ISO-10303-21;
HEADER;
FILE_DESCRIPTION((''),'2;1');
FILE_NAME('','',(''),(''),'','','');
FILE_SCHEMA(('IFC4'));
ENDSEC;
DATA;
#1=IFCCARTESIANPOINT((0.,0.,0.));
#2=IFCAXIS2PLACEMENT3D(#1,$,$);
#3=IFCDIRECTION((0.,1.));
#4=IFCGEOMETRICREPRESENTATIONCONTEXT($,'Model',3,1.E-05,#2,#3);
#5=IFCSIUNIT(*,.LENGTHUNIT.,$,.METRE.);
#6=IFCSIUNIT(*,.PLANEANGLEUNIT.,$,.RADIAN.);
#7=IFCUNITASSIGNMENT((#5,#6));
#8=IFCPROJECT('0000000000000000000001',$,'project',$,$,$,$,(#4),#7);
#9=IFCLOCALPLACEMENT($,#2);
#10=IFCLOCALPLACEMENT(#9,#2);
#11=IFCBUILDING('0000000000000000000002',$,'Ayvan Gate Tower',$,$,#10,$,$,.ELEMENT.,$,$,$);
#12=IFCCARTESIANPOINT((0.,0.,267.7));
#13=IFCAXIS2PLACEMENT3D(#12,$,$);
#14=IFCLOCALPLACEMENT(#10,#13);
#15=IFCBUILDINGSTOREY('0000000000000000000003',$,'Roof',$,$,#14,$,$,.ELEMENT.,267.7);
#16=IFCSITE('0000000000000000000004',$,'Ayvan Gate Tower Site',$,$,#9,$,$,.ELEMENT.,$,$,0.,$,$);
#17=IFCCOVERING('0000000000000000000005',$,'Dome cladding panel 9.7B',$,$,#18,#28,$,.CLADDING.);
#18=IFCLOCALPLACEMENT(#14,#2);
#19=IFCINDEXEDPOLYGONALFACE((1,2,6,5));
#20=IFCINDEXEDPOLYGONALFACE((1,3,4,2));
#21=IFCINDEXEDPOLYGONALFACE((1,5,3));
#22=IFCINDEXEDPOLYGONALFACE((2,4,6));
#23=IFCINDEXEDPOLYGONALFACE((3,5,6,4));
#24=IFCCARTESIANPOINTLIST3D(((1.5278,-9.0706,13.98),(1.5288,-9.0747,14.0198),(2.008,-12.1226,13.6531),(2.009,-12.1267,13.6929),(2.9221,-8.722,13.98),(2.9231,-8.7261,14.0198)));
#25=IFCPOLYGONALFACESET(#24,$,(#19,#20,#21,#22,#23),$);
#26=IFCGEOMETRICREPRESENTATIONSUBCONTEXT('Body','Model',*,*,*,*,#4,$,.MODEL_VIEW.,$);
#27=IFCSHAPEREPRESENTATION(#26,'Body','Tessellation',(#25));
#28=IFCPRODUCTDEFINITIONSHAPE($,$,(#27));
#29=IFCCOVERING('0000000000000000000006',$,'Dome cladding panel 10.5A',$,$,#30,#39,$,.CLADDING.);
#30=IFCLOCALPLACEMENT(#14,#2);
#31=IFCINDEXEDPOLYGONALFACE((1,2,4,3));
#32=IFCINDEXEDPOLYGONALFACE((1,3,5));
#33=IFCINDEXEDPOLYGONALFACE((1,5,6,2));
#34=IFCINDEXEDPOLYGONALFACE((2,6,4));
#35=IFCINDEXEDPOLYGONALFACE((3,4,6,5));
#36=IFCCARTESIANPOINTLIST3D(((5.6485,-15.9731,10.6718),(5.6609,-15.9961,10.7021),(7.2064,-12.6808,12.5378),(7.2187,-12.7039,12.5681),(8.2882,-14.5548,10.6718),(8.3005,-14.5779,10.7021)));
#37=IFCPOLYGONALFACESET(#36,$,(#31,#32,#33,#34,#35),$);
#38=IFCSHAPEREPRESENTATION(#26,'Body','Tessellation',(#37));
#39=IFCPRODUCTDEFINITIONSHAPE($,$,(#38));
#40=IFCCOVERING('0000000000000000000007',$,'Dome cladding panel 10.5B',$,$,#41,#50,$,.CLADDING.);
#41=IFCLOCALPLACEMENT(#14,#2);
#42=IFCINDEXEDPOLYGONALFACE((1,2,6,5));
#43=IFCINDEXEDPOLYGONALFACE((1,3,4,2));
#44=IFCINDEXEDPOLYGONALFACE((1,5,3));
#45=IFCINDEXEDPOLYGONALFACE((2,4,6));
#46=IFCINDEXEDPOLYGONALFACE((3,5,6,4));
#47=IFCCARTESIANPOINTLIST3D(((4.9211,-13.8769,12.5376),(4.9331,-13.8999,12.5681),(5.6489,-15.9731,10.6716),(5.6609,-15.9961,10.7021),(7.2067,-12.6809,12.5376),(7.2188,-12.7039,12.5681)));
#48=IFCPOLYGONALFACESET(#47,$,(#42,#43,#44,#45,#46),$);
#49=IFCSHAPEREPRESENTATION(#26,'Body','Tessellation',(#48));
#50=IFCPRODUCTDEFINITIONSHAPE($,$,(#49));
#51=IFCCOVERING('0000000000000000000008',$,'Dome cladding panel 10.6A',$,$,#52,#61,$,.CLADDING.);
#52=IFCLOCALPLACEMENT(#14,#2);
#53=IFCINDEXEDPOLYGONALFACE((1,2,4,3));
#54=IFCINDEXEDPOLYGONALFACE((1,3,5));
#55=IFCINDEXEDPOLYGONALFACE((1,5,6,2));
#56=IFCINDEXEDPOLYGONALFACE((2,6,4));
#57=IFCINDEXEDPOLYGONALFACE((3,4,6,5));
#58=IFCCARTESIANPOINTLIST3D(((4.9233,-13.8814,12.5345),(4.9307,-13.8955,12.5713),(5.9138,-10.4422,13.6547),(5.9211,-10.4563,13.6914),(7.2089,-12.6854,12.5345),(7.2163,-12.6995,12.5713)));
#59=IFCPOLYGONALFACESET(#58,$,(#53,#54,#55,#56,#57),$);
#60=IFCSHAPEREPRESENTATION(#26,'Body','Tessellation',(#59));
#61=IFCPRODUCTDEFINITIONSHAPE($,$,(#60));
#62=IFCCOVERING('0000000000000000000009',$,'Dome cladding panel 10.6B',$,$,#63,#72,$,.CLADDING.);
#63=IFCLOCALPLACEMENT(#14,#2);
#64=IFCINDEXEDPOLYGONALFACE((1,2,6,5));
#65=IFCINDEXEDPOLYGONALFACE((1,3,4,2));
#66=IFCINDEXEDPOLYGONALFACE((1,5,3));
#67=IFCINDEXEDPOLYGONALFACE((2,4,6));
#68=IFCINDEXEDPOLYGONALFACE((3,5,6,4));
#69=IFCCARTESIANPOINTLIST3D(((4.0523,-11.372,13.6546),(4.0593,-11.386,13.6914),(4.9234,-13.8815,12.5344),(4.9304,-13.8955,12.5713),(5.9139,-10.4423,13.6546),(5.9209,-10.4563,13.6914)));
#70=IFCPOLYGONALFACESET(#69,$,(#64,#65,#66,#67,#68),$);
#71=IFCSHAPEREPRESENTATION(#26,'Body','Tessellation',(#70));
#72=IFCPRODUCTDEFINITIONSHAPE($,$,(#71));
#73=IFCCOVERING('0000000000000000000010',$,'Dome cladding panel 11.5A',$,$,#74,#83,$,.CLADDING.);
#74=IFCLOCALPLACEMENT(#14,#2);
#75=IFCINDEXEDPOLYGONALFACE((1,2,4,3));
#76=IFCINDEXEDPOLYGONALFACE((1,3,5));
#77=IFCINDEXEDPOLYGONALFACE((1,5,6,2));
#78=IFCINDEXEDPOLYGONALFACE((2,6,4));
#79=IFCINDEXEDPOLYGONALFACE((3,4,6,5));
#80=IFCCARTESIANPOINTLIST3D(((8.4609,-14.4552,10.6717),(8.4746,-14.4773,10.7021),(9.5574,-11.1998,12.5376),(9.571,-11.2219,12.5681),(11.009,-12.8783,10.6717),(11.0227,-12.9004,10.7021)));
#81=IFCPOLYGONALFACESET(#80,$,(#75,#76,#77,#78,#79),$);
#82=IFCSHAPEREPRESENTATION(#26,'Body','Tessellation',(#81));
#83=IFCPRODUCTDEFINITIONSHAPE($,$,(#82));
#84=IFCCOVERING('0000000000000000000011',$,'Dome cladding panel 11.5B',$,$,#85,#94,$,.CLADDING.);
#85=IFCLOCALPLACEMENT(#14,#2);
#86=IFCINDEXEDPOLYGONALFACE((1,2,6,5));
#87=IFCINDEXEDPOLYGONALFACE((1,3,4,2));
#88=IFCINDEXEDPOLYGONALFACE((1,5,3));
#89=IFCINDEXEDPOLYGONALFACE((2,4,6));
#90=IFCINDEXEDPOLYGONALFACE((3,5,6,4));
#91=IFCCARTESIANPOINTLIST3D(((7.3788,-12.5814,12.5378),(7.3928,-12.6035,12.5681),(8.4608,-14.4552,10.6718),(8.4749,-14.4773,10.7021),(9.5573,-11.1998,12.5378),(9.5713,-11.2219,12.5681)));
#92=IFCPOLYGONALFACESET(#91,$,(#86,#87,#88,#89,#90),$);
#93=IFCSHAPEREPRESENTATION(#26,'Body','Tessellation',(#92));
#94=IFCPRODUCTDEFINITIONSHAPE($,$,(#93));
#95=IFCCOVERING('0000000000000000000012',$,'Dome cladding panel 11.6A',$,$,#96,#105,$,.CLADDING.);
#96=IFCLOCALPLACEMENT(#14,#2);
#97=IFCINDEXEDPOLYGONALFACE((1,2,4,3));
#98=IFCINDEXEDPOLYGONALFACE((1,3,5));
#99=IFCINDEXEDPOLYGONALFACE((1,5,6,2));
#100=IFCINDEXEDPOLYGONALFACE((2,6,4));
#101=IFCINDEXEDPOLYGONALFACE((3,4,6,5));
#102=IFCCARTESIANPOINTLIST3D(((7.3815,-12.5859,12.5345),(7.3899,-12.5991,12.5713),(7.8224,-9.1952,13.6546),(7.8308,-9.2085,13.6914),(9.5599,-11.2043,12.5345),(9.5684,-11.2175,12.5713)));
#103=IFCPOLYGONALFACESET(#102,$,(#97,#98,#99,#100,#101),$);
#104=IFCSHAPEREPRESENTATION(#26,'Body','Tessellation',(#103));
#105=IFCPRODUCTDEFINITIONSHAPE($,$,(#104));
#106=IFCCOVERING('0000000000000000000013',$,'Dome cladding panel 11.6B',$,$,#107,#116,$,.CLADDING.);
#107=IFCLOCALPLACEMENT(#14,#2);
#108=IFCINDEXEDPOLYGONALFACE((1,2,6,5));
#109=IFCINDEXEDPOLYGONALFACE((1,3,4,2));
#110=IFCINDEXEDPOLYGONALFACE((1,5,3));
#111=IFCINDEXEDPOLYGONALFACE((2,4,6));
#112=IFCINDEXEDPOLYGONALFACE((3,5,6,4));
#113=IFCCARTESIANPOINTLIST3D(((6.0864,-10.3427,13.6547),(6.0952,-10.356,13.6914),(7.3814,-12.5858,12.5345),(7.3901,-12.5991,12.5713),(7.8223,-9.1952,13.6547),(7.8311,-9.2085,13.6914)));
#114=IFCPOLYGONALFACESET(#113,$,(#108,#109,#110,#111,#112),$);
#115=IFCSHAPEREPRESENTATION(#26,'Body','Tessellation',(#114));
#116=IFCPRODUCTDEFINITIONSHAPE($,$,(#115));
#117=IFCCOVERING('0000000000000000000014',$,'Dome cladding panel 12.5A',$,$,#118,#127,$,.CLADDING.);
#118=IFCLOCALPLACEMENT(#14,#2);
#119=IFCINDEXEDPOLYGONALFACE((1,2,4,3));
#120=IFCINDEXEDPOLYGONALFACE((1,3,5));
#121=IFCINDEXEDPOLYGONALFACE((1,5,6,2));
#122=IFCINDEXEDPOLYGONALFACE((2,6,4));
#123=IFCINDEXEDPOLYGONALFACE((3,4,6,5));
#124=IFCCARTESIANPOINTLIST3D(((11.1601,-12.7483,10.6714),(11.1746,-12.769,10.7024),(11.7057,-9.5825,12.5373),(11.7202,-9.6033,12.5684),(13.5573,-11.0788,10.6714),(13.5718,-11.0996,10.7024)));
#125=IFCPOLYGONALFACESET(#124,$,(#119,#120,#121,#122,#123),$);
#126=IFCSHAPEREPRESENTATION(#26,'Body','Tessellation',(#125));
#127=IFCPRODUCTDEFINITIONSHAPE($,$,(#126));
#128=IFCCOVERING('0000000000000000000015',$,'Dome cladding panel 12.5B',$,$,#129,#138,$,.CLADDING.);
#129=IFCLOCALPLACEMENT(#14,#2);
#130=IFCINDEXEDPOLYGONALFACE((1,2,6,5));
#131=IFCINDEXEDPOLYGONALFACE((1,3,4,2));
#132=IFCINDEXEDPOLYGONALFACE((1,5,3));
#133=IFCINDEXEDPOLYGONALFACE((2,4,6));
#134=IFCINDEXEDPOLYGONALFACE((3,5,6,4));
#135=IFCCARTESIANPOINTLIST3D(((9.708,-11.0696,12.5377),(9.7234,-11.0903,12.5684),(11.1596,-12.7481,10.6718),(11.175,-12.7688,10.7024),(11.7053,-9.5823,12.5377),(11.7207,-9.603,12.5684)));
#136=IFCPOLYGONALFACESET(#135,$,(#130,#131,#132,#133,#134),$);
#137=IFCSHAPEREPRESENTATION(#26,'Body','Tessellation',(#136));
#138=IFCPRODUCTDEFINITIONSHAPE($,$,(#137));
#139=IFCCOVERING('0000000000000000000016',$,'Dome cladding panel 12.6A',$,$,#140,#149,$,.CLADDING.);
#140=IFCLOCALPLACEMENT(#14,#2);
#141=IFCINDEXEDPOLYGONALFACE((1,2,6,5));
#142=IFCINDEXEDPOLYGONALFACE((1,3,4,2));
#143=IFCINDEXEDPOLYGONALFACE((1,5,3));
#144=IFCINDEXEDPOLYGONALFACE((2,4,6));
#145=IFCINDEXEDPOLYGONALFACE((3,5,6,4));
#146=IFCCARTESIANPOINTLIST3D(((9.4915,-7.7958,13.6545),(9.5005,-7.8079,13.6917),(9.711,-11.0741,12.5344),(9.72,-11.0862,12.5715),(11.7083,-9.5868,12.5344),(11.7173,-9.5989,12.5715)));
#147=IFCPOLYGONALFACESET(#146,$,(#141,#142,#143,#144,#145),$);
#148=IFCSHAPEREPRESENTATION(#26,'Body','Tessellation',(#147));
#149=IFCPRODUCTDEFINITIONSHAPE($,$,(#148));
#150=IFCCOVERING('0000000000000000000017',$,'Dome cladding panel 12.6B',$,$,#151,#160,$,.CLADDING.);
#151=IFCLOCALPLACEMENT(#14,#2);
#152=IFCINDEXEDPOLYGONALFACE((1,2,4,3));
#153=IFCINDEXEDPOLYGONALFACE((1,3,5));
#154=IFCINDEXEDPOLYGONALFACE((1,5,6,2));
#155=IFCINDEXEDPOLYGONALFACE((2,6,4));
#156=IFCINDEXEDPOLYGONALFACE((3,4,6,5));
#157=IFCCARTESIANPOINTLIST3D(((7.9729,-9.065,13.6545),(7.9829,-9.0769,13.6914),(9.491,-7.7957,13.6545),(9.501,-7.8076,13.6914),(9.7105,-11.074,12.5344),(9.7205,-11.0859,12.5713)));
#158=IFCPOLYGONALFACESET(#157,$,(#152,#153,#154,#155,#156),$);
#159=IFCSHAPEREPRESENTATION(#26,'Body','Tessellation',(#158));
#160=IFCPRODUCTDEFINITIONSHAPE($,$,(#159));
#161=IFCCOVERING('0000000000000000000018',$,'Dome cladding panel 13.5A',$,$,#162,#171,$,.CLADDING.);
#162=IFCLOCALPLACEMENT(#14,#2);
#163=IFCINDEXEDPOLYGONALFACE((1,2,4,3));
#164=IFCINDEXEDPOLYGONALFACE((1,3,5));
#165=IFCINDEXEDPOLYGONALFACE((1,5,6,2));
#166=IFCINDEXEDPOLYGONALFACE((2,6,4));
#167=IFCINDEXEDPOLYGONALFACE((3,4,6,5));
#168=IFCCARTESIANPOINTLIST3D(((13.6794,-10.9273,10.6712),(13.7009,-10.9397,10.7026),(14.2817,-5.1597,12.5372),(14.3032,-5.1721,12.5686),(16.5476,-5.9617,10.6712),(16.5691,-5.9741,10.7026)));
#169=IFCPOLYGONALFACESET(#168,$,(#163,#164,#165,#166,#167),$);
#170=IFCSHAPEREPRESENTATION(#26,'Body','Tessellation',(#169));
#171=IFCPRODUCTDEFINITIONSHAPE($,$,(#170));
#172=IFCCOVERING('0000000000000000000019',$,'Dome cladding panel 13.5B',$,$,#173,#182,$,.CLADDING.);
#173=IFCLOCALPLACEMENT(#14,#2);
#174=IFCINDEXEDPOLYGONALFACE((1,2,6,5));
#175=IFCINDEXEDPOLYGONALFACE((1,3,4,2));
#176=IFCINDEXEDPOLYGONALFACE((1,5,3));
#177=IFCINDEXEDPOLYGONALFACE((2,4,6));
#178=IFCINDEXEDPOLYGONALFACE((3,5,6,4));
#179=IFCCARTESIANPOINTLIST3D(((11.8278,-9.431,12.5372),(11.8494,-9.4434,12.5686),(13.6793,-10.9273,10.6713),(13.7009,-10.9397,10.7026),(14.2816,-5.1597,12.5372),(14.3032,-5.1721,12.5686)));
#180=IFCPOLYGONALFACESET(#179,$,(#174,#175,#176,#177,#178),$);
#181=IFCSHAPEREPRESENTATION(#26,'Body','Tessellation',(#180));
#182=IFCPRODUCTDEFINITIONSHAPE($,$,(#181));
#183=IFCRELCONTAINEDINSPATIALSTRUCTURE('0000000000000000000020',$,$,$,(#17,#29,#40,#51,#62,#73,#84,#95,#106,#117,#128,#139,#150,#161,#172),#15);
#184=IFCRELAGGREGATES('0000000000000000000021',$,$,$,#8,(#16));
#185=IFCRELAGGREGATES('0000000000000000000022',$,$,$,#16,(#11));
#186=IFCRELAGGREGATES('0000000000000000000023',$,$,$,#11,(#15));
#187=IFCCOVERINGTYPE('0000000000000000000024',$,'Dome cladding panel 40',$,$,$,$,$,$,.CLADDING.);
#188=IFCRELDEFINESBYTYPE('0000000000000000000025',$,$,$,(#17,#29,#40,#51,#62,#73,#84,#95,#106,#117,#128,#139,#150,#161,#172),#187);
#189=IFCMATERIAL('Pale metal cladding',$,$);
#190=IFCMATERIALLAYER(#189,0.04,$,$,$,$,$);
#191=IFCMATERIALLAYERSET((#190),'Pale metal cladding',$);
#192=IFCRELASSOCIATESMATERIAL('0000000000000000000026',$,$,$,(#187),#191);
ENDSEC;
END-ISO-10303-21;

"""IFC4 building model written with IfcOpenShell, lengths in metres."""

from ifc_helpers import new_model, si_unit, direction, frame, origin, place, context, subcontext, project, spatial, polyline, outline, extrude, material, layer, layer_set, type_object, element, save


model = new_model("IFC4")

# Units and contexts
model_context = context("Model", 3, precision=1e-05, world=origin(), true_north=direction((0.0, 1.0)))
body_context = subcontext(model_context, "Body", "Model", "MODEL_VIEW")
ifc_project = project(units=[si_unit("LENGTHUNIT", "METRE"), si_unit("PLANEANGLEUNIT", "RADIAN")], contexts=[model_context])

# Site, building, storey
site_placement = place(None, origin())
site = spatial("IfcSite", under=ifc_project, at=site_placement, Name="Ayvan Gate Tower Site", CompositionType="ELEMENT", RefElevation=0.0)
building_placement = place(site_placement, origin())
building = spatial("IfcBuilding", under=site, at=building_placement, Name="Ayvan Gate Tower", CompositionType="ELEMENT")
storey_placement = place(building_placement, frame((0.0, 0.0, 267.7)))
storey = spatial("IfcBuildingStorey", under=building, at=storey_placement, Name="Roof", CompositionType="ELEMENT", Elevation=267.7)

# Coverings
ifc_material_1 = material(Name="Pale metal cladding")
ifc_layer_1 = layer(ifc_material_1, 0.04)
ifc_layer_set_1 = layer_set([ifc_layer_1], Name="Pale metal cladding")
covering_type = type_object("IfcCoveringType", Name="Dome cladding panel 40", PredefinedType="CLADDING", material=ifc_layer_set_1)
covering_1_placement = place(storey_placement, frame((2.009, -12.1267, 13.6929), z_axis=(0.025625, -0.10248, 0.994405), x_axis=(0.258467, 0.961587, 0.092438)))
element("IfcCovering", 1, at=covering_1_placement, inside=storey, type_object=covering_type, Name="Dome cladding panel 9.7B", PredefinedType="CLADDING", context=body_context, shape_type="SweptSolid", body=[
    extrude(outline(polyline([(0.0, 0.0), (3.5365, 0.0), (2.8409, 1.2577), (0.0, 0.0)])), origin(), (0.0, 0.0, -1.0), 0.04),
])
covering_2_placement = place(storey_placement, frame((5.6609, -15.9961, 10.7021), z_axis=(0.309167, -0.575436, 0.757159), x_axis=(0.880908, 0.473288, 0.0)))
element("IfcCovering", 2, at=covering_2_placement, inside=storey, type_object=covering_type, Name="Dome cladding panel 10.5A", PredefinedType="CLADDING", context=body_context, shape_type="SweptSolid", body=[
    extrude(outline(polyline([(0.0, 0.0), (2.9965, 0.0), (2.9305, 2.8565), (0.0, 0.0)])), origin(), (0.0, 0.0, -1.0), 0.04),
])
covering_3_placement = place(storey_placement, frame((5.6609, -15.9961, 10.7021), z_axis=(0.300321, -0.573915, 0.761859), x_axis=(0.380674, 0.804479, 0.455961)))
element("IfcCovering", 3, at=covering_3_placement, inside=storey, type_object=covering_type, Name="Dome cladding panel 10.5B", PredefinedType="CLADDING", context=body_context, shape_type="SweptSolid", body=[
    extrude(outline(polyline([(0.0, 0.0), (4.0924, 0.0), (2.2601, 1.8159), (0.0, 0.0)])), origin(), (0.0, 0.0, -1.0), 0.04),
])
covering_4_placement = place(storey_placement, frame((4.9307, -13.8955, 12.5713), z_axis=(0.184162, -0.351933, 0.917729), x_axis=(0.886022, 0.463643, 0.0)))
element("IfcCovering", 4, at=covering_4_placement, inside=storey, type_object=covering_type, Name="Dome cladding panel 10.6A", PredefinedType="CLADDING", context=body_context, shape_type="SweptSolid", body=[
    extrude(outline(polyline([(0.0, 0.0), (2.5797, 0.0), (2.4722, 2.82), (0.0, 0.0)])), origin(), (0.0, 0.0, -1.0), 0.04),
])
covering_5_placement = place(storey_placement, frame((4.9304, -13.8955, 12.5713), z_axis=(0.174829, -0.350071, 0.920264), x_axis=(0.264115, 0.917078, 0.298683)))
element("IfcCovering", 5, at=covering_5_placement, inside=storey, type_object=covering_type, Name="Dome cladding panel 10.6B", PredefinedType="CLADDING", context=body_context, shape_type="SweptSolid", body=[
    extrude(outline(polyline([(0.0, 0.0), (3.7502, 0.0), (2.4059, 1.5883), (0.0, 0.0)])), origin(), (0.0, 0.0, -1.0), 0.04),
])
covering_6_placement = place(storey_placement, frame((8.4746, -14.4773, 10.7021), z_axis=(0.341184, -0.551314, 0.761345), x_axis=(0.850338, 0.526237, 0.0)))
element("IfcCovering", 6, at=covering_6_placement, inside=storey, type_object=covering_type, Name="Dome cladding panel 11.5A", PredefinedType="CLADDING", context=body_context, shape_type="SweptSolid", body=[
    extrude(outline(polyline([(0.0, 0.0), (2.9966, 0.0), (2.6454, 2.878), (0.0, 0.0)])), origin(), (0.0, 0.0, -1.0), 0.04),
])
covering_7_placement = place(storey_placement, frame((8.4749, -14.4773, 10.7021), z_axis=(0.349943, -0.551783, 0.757017), x_axis=(0.280479, 0.832757, 0.477333)))
element("IfcCovering", 7, at=covering_7_placement, inside=storey, type_object=covering_type, Name="Dome cladding panel 11.5B", PredefinedType="CLADDING", context=body_context, shape_type="SweptSolid", body=[
    extrude(outline(polyline([(0.0, 0.0), (3.9091, 0.0), (2.1476, 1.8845), (0.0, 0.0)])), origin(), (0.0, 0.0, -1.0), 0.04),
])
covering_8_placement = place(storey_placement, frame((7.3899, -12.5991, 12.5713), z_axis=(0.210051, -0.331205, 0.919882), x_axis=(0.844487, 0.535577, 0.0)))
element("IfcCovering", 8, at=covering_8_placement, inside=storey, type_object=covering_type, Name="Dome cladding panel 11.6A", PredefinedType="CLADDING", context=body_context, shape_type="SweptSolid", body=[
    extrude(outline(polyline([(0.0, 0.0), (2.5796, 0.0), (2.1883, 2.856), (0.0, 0.0)])), origin(), (0.0, 0.0, -1.0), 0.04),
])
covering_9_placement = place(storey_placement, frame((7.3901, -12.5991, 12.5713), z_axis=(0.219226, -0.331638, 0.917582), x_axis=(0.122546, 0.942371, 0.311319)))
element("IfcCovering", 9, at=covering_9_placement, inside=storey, type_object=covering_type, Name="Dome cladding panel 11.6B", PredefinedType="CLADDING", context=body_context, shape_type="SweptSolid", body=[
    extrude(outline(polyline([(0.0, 0.0), (3.598, 0.0), (2.3039, 1.6295), (0.0, 0.0)])), origin(), (0.0, 0.0, -1.0), 0.04),
])
covering_10_placement = place(storey_placement, frame((11.1746, -12.769, 10.7024), z_axis=(0.361368, -0.518905, 0.774694), x_axis=(0.820616, 0.571481, 0.0)))
element("IfcCovering", 10, at=covering_10_placement, inside=storey, type_object=covering_type, Name="Dome cladding panel 12.5A", PredefinedType="CLADDING", context=body_context, shape_type="SweptSolid", body=[
    extrude(outline(polyline([(0.0, 0.0), (2.9212, 0.0), (2.2569, 2.9509), (0.0, 0.0)])), origin(), (0.0, 0.0, -1.0), 0.04),
])
covering_11_placement = place(storey_placement, frame((11.175, -12.7688, 10.7024), z_axis=(0.384976, -0.516988, 0.764537), x_axis=(0.146876, 0.852145, 0.502271)))
element("IfcCovering", 11, at=covering_11_placement, inside=storey, type_object=covering_type, Name="Dome cladding panel 12.5B", PredefinedType="CLADDING", context=body_context, shape_type="SweptSolid", body=[
    extrude(outline(polyline([(0.0, 0.0), (3.7151, 0.0), (2.1543, 1.9405), (0.0, 0.0)])), origin(), (0.0, 0.0, -1.0), 0.04),
])
covering_12_placement = place(storey_placement, frame((9.72, -11.0862, 12.5715), z_axis=(0.224563, -0.301568, 0.926622), x_axis=(0.802054, 0.597251, 0.0)))
element("IfcCovering", 12, at=covering_12_placement, inside=storey, type_object=covering_type, Name="Dome cladding panel 12.6A", PredefinedType="CLADDING", context=body_context, shape_type="SweptSolid", body=[
    extrude(outline(polyline([(0.0, 0.0), (2.4902, 0.0), (1.7819, 2.9791), (0.0, 0.0)])), origin(), (0.0, 0.0, -1.0), 0.04),
])
covering_13_placement = place(storey_placement, frame((9.7205, -11.0859, 12.5713), z_axis=(0.249273, -0.29813, 0.921402), x_axis=(-0.063227, 0.944396, 0.322675)))
element("IfcCovering", 13, at=covering_13_placement, inside=storey, type_object=covering_type, Name="Dome cladding panel 12.6B", PredefinedType="CLADDING", context=body_context, shape_type="SweptSolid", body=[
    extrude(outline(polyline([(0.0, 0.0), (3.4713, 0.0), (2.3686, 1.643), (0.0, 0.0)])), origin(), (0.0, 0.0, -1.0), 0.04),
])
covering_14_placement = place(storey_placement, frame((13.7009, -10.9397, 10.7026), z_axis=(0.536615, -0.309954, 0.784839), x_axis=(0.500168, 0.865928, 0.0)))
element("IfcCovering", 14, at=covering_14_placement, inside=storey, type_object=covering_type, Name="Dome cladding panel 13.5A", PredefinedType="CLADDING", context=body_context, shape_type="SweptSolid", body=[
    extrude(outline(polyline([(0.0, 0.0), (5.7344, 0.0), (5.2956, 3.0111), (0.0, 0.0)])), origin(), (0.0, 0.0, -1.0), 0.04),
])
covering_15_placement = place(storey_placement, frame((13.7009, -10.9397, 10.7026), z_axis=(0.539068, -0.309699, 0.783257), x_axis=(0.09887, 0.946783, 0.30631)))
element("IfcCovering", 15, at=covering_15_placement, inside=storey, type_object=covering_type, Name="Dome cladding panel 13.5B", PredefinedType="CLADDING", context=body_context, shape_type="SweptSolid", body=[
    extrude(outline(polyline([(0.0, 0.0), (6.0918, 0.0), (1.8052, 2.427), (0.0, 0.0)])), origin(), (0.0, 0.0, -1.0), 0.04),
])

save(model, "model.ifc")
